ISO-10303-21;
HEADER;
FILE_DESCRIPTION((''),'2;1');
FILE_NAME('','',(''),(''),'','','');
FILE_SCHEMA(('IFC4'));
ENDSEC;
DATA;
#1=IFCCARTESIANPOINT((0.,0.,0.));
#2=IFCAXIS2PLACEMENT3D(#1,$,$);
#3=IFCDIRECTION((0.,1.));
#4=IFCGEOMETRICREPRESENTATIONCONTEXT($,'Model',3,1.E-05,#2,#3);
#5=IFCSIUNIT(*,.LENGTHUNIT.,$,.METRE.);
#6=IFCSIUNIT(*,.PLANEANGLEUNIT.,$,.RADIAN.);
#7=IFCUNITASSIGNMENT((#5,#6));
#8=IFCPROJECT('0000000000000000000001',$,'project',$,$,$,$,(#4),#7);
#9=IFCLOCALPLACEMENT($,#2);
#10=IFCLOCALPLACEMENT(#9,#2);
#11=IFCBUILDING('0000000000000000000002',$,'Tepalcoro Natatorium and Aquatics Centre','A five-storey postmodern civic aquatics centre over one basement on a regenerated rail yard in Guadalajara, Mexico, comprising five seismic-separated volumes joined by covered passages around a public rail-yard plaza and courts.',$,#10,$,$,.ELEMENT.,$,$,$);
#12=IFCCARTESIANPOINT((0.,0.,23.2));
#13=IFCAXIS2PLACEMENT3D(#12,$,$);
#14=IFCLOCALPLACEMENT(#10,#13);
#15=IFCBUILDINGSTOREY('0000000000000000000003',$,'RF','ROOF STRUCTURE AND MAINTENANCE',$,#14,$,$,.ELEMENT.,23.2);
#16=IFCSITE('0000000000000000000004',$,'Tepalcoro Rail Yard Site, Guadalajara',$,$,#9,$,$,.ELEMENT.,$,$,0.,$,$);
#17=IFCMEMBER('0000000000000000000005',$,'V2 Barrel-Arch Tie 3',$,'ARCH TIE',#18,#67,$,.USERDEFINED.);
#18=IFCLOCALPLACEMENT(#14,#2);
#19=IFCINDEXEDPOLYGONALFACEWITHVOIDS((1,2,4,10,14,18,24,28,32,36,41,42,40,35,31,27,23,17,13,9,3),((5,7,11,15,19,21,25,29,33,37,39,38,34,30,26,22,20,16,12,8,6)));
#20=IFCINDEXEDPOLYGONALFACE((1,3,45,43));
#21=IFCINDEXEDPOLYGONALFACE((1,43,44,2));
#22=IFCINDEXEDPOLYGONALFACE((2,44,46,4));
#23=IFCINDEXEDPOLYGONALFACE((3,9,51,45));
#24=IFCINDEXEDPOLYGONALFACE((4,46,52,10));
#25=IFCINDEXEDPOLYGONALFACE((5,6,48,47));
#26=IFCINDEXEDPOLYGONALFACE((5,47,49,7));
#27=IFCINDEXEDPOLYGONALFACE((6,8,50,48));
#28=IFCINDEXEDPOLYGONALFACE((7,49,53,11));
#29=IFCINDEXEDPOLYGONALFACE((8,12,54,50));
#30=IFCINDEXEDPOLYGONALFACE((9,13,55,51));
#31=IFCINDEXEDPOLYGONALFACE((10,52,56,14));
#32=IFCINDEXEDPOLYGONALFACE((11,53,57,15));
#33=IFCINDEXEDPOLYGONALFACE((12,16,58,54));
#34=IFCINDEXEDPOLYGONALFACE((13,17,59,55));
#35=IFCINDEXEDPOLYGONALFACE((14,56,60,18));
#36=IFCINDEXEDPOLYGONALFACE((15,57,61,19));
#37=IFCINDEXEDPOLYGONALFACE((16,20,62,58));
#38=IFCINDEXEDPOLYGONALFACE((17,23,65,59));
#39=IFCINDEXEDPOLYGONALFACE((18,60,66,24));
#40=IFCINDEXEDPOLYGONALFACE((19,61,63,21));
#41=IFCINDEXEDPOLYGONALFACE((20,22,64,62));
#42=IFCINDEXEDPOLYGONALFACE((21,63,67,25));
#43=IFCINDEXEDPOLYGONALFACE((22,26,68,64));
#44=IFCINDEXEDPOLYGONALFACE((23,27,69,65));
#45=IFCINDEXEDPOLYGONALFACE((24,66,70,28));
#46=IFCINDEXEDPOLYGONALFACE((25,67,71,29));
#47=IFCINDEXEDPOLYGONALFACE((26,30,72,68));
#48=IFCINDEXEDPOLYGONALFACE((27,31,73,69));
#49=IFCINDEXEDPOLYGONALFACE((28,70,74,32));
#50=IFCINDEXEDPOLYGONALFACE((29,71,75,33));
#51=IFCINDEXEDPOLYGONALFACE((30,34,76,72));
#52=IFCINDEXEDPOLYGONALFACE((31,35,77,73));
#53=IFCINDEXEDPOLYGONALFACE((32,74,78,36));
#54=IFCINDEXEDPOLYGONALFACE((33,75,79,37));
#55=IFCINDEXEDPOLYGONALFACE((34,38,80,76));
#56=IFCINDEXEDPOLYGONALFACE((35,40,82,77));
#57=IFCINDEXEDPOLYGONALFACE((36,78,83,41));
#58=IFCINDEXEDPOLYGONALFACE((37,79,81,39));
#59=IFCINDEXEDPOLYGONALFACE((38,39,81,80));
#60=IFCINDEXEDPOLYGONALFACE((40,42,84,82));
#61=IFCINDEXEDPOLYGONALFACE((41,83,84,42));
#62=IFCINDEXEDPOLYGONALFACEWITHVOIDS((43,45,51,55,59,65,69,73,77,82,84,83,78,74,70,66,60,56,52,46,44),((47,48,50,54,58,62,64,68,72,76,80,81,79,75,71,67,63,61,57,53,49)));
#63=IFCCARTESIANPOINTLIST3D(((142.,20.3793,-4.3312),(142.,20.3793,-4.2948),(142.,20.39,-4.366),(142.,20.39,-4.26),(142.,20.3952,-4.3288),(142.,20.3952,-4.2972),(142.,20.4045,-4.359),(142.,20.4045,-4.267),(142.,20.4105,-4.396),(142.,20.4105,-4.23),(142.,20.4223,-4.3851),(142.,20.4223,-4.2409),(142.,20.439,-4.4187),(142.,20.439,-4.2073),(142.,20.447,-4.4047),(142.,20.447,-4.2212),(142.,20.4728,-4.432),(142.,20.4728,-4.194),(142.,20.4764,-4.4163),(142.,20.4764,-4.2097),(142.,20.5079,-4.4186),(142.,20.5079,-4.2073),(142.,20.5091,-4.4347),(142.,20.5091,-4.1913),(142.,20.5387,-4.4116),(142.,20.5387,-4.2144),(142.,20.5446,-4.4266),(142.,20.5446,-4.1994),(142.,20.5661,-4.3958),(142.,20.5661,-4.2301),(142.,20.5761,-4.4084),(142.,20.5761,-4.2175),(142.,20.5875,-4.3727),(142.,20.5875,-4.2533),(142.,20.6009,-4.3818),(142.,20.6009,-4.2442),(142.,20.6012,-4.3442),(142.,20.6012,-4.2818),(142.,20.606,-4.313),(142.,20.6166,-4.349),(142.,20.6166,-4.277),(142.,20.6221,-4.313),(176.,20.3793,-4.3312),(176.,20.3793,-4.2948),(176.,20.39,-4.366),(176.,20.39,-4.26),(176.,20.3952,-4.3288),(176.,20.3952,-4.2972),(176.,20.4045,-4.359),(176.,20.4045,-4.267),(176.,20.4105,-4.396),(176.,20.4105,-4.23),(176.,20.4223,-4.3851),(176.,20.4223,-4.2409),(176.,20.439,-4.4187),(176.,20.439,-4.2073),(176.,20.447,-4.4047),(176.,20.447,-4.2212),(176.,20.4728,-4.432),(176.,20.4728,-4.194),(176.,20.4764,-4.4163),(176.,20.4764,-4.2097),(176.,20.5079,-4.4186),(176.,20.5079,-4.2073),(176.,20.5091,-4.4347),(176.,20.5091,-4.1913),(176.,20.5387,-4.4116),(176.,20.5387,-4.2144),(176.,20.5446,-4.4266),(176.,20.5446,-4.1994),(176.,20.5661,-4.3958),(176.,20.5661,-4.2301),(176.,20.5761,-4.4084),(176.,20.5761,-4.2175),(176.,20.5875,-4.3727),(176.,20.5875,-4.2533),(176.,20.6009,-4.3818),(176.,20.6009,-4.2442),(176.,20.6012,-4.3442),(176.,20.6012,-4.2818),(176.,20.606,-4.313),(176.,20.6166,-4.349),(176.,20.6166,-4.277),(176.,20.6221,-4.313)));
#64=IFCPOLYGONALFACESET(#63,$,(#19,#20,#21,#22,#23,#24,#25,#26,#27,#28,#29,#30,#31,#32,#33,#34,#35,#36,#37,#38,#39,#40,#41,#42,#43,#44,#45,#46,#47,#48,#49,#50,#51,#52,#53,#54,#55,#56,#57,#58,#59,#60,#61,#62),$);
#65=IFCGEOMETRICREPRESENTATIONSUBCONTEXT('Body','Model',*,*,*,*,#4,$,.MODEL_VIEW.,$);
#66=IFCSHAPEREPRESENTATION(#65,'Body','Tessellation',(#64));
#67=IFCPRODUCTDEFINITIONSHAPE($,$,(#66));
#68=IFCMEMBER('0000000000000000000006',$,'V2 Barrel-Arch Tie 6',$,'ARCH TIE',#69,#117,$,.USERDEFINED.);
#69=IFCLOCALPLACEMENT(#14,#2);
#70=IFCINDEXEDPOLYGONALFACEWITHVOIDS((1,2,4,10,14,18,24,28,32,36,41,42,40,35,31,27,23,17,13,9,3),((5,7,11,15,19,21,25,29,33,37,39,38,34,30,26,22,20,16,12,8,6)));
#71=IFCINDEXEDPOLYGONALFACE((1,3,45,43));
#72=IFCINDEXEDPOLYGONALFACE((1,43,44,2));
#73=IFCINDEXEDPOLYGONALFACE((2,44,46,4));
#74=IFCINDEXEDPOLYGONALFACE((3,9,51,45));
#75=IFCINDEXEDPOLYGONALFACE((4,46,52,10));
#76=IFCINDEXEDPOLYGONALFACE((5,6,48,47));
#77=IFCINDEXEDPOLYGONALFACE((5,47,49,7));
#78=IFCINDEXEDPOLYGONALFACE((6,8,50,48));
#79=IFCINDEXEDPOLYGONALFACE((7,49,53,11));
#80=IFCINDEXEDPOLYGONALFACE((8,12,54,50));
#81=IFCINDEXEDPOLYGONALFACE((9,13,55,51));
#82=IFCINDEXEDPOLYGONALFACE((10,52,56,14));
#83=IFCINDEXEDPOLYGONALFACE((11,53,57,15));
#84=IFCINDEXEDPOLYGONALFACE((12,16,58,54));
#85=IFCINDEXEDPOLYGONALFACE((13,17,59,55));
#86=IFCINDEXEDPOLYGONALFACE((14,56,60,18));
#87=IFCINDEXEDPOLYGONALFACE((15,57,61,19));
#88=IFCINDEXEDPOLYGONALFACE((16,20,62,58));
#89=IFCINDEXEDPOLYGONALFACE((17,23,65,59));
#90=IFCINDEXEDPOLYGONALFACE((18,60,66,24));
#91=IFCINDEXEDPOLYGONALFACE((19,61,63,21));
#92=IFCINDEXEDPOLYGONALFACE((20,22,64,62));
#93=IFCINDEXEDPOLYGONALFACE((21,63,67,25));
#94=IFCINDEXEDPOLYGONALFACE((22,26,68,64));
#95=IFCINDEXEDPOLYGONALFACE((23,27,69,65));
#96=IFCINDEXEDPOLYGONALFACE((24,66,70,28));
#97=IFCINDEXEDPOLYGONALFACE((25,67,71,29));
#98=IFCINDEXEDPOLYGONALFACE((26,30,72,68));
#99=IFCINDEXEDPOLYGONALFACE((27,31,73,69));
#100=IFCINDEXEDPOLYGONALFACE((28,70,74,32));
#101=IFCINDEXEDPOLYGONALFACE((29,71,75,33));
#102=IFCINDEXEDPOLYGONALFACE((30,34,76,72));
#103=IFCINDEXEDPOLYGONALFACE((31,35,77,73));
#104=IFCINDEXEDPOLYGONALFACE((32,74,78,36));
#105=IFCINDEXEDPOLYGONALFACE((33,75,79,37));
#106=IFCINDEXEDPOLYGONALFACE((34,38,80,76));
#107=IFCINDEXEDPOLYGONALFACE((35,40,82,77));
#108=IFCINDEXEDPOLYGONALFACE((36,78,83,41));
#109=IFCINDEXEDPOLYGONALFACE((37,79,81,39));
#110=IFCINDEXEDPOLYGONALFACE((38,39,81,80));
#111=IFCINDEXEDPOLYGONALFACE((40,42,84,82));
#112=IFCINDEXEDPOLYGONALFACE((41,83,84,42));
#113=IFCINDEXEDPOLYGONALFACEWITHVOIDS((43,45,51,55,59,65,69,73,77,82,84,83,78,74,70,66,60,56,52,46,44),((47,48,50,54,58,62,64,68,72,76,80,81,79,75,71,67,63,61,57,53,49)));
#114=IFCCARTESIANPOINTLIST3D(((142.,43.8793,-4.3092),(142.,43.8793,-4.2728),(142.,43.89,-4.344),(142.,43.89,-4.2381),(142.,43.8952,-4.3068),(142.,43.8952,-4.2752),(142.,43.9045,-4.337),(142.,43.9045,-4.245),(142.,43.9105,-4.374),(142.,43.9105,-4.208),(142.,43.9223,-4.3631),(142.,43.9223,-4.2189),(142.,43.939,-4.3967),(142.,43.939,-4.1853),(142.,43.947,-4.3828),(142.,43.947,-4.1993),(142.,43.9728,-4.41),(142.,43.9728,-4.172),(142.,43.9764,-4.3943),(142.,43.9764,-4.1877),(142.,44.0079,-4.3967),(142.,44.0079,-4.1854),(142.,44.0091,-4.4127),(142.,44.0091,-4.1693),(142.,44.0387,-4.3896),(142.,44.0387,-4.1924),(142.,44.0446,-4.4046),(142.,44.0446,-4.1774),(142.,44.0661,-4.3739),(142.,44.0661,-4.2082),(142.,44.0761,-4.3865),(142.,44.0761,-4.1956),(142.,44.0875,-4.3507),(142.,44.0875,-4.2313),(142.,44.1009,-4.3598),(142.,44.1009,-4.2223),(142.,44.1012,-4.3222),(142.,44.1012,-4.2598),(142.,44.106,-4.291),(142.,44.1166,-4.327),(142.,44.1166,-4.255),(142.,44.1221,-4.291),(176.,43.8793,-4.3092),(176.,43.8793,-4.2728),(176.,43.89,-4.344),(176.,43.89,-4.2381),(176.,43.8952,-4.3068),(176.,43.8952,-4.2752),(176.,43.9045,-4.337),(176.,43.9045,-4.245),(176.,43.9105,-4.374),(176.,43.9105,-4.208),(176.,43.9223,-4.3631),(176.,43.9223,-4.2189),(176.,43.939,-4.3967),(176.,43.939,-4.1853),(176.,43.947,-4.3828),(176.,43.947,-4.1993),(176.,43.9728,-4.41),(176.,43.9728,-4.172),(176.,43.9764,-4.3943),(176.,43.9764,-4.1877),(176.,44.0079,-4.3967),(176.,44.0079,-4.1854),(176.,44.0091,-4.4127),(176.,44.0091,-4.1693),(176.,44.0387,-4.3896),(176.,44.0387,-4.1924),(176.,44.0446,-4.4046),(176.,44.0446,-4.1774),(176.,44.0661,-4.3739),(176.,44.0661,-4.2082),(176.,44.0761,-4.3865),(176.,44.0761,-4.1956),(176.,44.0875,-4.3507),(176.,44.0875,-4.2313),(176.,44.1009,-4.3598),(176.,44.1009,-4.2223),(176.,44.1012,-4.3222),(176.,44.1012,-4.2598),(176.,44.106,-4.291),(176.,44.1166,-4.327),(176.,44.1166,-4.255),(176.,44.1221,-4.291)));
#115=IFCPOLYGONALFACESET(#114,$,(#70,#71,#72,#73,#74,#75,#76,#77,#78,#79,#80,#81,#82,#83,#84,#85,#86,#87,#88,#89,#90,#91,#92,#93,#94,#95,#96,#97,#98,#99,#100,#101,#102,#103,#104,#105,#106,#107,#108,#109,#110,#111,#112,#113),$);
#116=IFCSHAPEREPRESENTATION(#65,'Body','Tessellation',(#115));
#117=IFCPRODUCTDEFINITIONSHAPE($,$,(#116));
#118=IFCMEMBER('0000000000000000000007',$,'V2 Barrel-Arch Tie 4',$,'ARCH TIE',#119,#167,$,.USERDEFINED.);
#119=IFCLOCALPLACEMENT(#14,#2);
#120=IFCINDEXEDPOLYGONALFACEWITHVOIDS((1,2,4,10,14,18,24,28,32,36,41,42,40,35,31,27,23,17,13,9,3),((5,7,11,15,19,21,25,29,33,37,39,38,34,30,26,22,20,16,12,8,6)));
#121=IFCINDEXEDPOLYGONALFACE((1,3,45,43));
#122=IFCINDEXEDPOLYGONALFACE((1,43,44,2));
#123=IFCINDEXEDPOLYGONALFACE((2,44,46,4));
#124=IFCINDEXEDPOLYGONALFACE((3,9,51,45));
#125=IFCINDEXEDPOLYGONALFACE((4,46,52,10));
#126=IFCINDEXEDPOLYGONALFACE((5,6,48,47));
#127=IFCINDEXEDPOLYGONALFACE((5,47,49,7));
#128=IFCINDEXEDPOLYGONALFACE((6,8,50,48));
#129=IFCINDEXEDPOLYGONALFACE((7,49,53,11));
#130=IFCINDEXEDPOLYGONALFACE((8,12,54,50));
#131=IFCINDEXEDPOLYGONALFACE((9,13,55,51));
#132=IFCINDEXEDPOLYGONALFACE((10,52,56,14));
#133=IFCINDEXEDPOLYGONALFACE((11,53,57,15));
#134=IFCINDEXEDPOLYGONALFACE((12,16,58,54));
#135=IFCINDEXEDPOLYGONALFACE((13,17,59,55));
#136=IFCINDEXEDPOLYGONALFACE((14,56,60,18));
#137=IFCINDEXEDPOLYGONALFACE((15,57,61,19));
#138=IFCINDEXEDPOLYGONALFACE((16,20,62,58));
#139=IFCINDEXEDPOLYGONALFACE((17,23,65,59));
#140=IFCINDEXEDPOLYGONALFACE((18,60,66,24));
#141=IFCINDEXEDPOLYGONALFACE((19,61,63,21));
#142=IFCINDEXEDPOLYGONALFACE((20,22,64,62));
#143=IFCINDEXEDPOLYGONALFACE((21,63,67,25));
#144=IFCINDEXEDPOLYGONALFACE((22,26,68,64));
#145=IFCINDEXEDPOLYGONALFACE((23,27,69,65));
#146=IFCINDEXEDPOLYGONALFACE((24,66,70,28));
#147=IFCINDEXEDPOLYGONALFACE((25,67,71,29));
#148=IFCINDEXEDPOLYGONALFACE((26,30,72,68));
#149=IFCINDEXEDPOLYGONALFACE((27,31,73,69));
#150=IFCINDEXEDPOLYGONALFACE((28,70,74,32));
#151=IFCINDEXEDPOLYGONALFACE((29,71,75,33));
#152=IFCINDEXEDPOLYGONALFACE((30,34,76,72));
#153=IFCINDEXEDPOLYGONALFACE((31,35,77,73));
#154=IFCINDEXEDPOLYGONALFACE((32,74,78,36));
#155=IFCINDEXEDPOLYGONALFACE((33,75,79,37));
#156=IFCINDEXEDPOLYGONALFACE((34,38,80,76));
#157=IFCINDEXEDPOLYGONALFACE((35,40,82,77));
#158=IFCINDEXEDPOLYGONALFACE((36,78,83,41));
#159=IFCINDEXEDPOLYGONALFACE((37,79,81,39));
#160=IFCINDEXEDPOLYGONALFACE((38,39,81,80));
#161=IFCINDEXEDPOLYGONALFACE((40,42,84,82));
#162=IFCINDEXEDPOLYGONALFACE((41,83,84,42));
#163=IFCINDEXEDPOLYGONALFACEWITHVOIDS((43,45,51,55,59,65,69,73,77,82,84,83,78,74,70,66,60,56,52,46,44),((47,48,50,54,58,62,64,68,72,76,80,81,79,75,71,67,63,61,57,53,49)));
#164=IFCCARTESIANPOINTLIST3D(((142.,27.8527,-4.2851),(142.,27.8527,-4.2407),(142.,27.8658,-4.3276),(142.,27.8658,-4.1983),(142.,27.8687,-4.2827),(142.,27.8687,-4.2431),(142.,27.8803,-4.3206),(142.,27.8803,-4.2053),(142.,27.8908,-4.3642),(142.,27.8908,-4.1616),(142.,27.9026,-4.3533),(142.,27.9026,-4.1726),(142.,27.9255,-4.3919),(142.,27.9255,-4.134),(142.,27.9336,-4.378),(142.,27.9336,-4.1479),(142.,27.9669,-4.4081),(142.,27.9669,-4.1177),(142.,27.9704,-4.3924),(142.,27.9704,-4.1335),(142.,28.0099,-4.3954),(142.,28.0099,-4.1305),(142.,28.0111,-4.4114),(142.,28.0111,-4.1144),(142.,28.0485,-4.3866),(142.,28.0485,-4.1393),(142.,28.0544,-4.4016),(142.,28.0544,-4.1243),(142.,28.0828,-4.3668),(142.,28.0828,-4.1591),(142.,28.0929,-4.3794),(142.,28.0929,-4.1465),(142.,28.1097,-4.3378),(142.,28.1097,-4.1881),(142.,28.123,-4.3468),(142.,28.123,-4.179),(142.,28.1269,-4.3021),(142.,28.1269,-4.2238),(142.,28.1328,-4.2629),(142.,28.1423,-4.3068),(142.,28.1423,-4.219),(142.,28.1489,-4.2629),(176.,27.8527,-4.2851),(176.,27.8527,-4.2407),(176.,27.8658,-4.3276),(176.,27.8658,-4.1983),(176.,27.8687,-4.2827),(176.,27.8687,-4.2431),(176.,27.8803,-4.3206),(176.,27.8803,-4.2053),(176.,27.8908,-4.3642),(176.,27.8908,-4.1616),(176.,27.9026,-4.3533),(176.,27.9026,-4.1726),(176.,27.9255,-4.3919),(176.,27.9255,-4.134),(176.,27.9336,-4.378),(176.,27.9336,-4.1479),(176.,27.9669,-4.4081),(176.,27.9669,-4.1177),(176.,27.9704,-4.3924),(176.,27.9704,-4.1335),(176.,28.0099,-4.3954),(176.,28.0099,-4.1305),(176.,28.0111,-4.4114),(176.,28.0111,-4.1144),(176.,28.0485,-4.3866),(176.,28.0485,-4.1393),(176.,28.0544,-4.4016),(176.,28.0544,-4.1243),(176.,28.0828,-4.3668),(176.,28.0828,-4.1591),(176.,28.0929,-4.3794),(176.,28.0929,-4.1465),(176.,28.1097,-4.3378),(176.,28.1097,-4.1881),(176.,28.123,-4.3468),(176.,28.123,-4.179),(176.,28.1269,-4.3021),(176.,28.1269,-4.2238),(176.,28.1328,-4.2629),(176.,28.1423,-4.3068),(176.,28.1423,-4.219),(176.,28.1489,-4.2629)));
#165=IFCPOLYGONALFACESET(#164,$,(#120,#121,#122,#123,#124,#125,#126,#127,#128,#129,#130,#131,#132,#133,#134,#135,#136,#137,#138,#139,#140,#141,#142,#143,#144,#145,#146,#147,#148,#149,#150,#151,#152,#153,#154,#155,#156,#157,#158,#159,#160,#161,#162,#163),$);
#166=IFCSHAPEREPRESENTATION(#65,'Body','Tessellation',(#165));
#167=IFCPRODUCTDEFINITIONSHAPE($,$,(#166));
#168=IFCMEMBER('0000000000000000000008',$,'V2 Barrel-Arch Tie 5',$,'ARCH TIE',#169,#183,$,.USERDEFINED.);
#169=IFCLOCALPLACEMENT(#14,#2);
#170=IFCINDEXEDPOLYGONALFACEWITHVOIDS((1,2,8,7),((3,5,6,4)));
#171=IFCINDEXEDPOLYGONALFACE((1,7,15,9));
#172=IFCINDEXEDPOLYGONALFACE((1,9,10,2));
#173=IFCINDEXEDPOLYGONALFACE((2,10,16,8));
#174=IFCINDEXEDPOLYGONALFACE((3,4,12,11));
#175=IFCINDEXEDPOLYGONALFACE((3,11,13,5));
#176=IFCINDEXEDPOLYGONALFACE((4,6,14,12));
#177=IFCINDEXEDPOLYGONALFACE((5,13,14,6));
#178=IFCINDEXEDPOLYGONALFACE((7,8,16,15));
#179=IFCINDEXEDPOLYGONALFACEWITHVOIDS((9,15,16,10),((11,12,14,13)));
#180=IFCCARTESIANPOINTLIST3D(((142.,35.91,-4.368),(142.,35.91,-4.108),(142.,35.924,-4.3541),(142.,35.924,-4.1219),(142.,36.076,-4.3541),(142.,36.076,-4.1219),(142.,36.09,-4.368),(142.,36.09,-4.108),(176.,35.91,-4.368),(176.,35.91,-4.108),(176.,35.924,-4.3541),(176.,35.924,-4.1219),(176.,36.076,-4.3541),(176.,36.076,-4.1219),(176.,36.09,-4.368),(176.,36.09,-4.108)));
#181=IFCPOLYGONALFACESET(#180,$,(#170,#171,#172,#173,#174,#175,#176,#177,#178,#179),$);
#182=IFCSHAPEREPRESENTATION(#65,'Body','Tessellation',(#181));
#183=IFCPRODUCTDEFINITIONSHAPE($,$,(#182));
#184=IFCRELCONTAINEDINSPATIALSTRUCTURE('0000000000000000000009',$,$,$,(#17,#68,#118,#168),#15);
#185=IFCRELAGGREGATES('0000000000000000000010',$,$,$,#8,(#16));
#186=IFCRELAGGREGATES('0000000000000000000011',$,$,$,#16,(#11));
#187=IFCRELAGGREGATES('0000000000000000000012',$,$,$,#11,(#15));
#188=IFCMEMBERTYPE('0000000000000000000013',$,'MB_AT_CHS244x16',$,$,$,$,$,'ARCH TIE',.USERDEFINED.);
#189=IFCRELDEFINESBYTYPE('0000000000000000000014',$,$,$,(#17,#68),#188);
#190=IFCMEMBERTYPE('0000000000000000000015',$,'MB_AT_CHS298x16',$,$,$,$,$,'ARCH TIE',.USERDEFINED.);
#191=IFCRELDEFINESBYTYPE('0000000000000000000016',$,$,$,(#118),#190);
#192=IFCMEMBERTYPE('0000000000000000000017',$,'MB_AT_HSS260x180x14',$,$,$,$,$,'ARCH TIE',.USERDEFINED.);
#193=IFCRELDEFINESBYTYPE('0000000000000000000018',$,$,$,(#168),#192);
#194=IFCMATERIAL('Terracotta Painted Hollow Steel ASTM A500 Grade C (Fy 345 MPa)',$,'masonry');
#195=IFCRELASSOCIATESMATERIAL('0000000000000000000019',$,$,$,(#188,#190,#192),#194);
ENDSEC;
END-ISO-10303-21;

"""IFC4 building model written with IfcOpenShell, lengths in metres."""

from ifc_helpers import new_model, si_unit, direction, frame, origin, origin_2d, place, context, subcontext, project, spatial, hollow_rectangle, hollow_circle, extrude, material, material_profile, profile_set, type_object, element, save


model = new_model("IFC4")

# Units and contexts
model_context = context("Model", 3, precision=1e-05, world=origin(), true_north=direction((0.0, 1.0)))
body_context = subcontext(model_context, "Body", "Model", "MODEL_VIEW")
ifc_project = project(units=[si_unit("LENGTHUNIT", "METRE"), si_unit("PLANEANGLEUNIT", "RADIAN")], contexts=[model_context])

# Site, building, storey
site_placement = place(None, origin())
site = spatial("IfcSite", under=ifc_project, at=site_placement, Name="Tepalcoro Rail Yard Site, Guadalajara", CompositionType="ELEMENT", RefElevation=0.0)
building_placement = place(site_placement, origin())
building = spatial("IfcBuilding", under=site, at=building_placement, Name="Tepalcoro Natatorium and Aquatics Centre", Description="A five-storey postmodern civic aquatics centre over one basement on a regenerated rail yard in Guadalajara, Mexico, comprising five seismic-separated volumes joined by covered passages around a public rail-yard plaza and courts.", CompositionType="ELEMENT")
storey_placement = place(building_placement, frame((0.0, 0.0, 23.2)))
storey = spatial("IfcBuildingStorey", under=building, at=storey_placement, Name="RF", Description="ROOF STRUCTURE AND MAINTENANCE", CompositionType="ELEMENT", Elevation=23.2)

# Shared definitions
ifc_material_1 = material(Name="Terracotta Painted Hollow Steel ASTM A500 Grade C (Fy 345 MPa)", Category="masonry")

# Members
ifc_material_profile_1 = material_profile(ifc_material_1, hollow_circle(Radius=0.1221, WallThickness=0.0161, at=origin_2d()), Name="CHS244X16")
ifc_profile_set_1 = profile_set([ifc_material_profile_1], Name="Terracotta Painted Hollow Steel ASTM A500 Grade C (Fy 345 MPa)")
member_type_1 = type_object("IfcMemberType", Name="MB_AT_CHS244x16", ElementType="ARCH TIE", PredefinedType="USERDEFINED", material=ifc_profile_set_1)
for number, where, z_axis, x_axis, name in (
    (1, (142.0, 20.5, -4.313), (1.0, 0.0, 0.0), (0.0, 1.0, 0.0), "V2 Barrel-Arch Tie 3"),
    (2, (142.0, 44.0, -4.291), (1.0, 0.0, 0.0), (0.0, 1.0, 0.0), "V2 Barrel-Arch Tie 6"),
):
    element("IfcMember", number, at=place(storey_placement, frame(where, z_axis=z_axis, x_axis=x_axis)), inside=storey, type_object=member_type_1, Name=name, ObjectType="ARCH TIE", PredefinedType="USERDEFINED", context=body_context, shape_type="SweptSolid", body=[
        extrude(hollow_circle(Radius=0.1221, WallThickness=0.0161, at=origin_2d()), origin(), (0.0, 0.0, 1.0), 34.0),
    ])
ifc_material_profile_2 = material_profile(ifc_material_1, hollow_circle(Radius=0.1489, WallThickness=0.0161, at=origin_2d()), Name="CHS298X16")
ifc_profile_set_2 = profile_set([ifc_material_profile_2], Name="Terracotta Painted Hollow Steel ASTM A500 Grade C (Fy 345 MPa)")
member_type_2 = type_object("IfcMemberType", Name="MB_AT_CHS298x16", ElementType="ARCH TIE", PredefinedType="USERDEFINED", material=ifc_profile_set_2)
member_1_placement = place(storey_placement, frame((142.0, 28.0, -4.2629), z_axis=(1.0, 0.0, 0.0), x_axis=(0.0, 1.0, 0.0)))
element("IfcMember", 3, at=member_1_placement, inside=storey, type_object=member_type_2, Name="V2 Barrel-Arch Tie 4", ObjectType="ARCH TIE", PredefinedType="USERDEFINED", context=body_context, shape_type="SweptSolid", body=[
    extrude(hollow_circle(Radius=0.1489, WallThickness=0.0161, at=origin_2d()), origin(), (0.0, 0.0, 1.0), 34.0),
])
ifc_material_profile_3 = material_profile(ifc_material_1, hollow_rectangle(XDim=0.1799, YDim=0.26, WallThickness=0.0139, at=origin_2d()), Name="HSS260X180X14")
ifc_profile_set_3 = profile_set([ifc_material_profile_3], Name="Terracotta Painted Hollow Steel ASTM A500 Grade C (Fy 345 MPa)")
member_type_3 = type_object("IfcMemberType", Name="MB_AT_HSS260x180x14", ElementType="ARCH TIE", PredefinedType="USERDEFINED", material=ifc_profile_set_3)
member_2_placement = place(storey_placement, frame((142.0, 36.0, -4.238), z_axis=(1.0, 0.0, 0.0), x_axis=(0.0, 1.0, 0.0)))
element("IfcMember", 4, at=member_2_placement, inside=storey, type_object=member_type_3, Name="V2 Barrel-Arch Tie 5", ObjectType="ARCH TIE", PredefinedType="USERDEFINED", context=body_context, shape_type="SweptSolid", body=[
    extrude(hollow_rectangle(XDim=0.1799, YDim=0.26, WallThickness=0.0139, at=origin_2d()), origin(), (0.0, 0.0, 1.0), 34.0),
])

save(model, "model.ifc")
